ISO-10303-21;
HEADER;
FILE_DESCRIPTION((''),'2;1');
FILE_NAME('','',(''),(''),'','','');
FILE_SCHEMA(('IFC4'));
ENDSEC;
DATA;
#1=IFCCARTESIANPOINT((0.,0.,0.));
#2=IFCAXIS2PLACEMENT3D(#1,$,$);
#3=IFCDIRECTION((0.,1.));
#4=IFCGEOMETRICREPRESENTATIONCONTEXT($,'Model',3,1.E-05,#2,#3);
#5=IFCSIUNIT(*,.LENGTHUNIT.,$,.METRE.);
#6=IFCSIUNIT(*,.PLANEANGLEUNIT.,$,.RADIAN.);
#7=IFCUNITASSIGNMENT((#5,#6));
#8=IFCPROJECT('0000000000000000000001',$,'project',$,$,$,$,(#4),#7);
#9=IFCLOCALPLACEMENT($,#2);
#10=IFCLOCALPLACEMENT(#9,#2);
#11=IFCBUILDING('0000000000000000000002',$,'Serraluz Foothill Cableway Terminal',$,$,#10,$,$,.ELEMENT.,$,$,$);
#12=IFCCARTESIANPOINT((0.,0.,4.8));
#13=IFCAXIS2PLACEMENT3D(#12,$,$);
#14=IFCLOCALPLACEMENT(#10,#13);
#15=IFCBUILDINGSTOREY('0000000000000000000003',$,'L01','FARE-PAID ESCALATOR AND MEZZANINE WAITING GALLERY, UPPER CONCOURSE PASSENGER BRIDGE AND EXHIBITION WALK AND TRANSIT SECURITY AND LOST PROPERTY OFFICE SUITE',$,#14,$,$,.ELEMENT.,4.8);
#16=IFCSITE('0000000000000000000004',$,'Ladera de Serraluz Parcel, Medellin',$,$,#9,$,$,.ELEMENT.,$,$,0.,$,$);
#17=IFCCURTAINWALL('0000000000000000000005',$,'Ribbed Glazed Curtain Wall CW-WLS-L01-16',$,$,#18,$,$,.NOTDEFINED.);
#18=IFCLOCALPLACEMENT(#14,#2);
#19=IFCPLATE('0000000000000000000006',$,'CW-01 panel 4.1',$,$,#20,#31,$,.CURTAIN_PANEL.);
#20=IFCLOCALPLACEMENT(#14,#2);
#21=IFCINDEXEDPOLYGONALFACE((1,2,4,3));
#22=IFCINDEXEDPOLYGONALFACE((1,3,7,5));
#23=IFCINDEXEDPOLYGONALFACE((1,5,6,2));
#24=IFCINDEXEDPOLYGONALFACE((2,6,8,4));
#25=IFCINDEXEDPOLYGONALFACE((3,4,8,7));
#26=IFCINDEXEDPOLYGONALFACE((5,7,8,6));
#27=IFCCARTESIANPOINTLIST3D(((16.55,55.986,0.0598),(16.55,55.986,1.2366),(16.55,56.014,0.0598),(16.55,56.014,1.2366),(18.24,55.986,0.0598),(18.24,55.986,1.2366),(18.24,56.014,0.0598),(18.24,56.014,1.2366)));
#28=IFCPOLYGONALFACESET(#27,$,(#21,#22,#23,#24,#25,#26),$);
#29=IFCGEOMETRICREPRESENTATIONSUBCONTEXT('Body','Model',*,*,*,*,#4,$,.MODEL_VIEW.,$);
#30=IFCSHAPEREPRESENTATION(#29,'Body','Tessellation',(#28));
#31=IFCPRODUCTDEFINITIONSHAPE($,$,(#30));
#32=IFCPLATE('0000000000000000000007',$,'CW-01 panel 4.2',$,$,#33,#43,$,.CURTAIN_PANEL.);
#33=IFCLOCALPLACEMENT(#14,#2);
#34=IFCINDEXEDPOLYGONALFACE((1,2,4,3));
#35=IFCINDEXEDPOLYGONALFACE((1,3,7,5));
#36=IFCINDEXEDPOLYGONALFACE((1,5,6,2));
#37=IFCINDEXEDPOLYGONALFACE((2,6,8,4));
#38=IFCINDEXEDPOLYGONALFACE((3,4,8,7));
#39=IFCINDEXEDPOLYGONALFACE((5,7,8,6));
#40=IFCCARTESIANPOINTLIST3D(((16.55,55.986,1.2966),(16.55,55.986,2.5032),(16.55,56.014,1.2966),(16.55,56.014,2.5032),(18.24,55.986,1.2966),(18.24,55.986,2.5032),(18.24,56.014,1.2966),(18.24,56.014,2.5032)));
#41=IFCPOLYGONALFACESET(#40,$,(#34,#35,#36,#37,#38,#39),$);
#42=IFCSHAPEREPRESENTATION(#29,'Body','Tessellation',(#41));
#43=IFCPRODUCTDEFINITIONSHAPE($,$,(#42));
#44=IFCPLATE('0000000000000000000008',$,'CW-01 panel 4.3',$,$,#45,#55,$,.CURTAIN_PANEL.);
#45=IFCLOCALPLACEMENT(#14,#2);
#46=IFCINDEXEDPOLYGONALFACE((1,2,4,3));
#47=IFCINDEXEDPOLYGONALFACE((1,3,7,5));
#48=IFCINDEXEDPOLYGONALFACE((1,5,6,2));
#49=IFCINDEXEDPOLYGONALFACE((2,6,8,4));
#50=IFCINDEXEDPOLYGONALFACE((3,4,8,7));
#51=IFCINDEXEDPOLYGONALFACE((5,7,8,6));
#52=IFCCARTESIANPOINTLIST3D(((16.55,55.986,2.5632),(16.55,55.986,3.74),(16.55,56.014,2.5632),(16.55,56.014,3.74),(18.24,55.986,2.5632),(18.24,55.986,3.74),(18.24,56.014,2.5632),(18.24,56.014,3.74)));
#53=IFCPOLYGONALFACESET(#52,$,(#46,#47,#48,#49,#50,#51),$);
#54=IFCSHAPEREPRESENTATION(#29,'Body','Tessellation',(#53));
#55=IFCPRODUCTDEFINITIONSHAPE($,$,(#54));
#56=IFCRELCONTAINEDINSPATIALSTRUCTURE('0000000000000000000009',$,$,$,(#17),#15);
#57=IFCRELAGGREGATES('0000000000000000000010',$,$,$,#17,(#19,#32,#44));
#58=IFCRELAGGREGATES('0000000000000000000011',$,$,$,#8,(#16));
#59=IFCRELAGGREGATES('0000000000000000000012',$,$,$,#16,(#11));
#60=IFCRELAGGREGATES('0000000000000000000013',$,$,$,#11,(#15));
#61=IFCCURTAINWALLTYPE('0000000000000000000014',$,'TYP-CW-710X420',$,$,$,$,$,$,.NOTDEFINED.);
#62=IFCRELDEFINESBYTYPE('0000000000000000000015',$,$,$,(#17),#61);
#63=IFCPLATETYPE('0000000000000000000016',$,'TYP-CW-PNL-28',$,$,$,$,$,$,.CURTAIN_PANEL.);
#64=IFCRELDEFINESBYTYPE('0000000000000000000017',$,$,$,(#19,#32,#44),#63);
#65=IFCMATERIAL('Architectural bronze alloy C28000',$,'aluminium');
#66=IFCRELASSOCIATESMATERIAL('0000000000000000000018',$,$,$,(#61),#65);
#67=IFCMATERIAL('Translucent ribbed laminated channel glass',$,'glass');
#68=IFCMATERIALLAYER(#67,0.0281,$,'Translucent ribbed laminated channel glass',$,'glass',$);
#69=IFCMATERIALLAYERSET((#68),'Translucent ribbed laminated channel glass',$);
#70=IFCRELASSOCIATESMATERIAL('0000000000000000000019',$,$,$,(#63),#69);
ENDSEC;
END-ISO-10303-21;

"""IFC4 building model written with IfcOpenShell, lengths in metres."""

from ifc_helpers import new_model, si_unit, direction, frame, origin, origin_2d, place, context, subcontext, project, spatial, rectangle, extrude, material, layer, layer_set, type_object, element, aggregate, save


model = new_model("IFC4")

# Units and contexts
model_context = context("Model", 3, precision=1e-05, world=origin(), true_north=direction((0.0, 1.0)))
body_context = subcontext(model_context, "Body", "Model", "MODEL_VIEW")
ifc_project = project(units=[si_unit("LENGTHUNIT", "METRE"), si_unit("PLANEANGLEUNIT", "RADIAN")], contexts=[model_context])

# Site, building, storey
site_placement = place(None, origin())
site = spatial("IfcSite", under=ifc_project, at=site_placement, Name="Ladera de Serraluz Parcel, Medellin", CompositionType="ELEMENT", RefElevation=0.0)
building_placement = place(site_placement, origin())
building = spatial("IfcBuilding", under=site, at=building_placement, Name="Serraluz Foothill Cableway Terminal", CompositionType="ELEMENT")
storey_placement = place(building_placement, frame((0.0, 0.0, 4.8)))
storey = spatial("IfcBuildingStorey", under=building, at=storey_placement, Name="L01", Description="FARE-PAID ESCALATOR AND MEZZANINE WAITING GALLERY, UPPER CONCOURSE PASSENGER BRIDGE AND EXHIBITION WALK AND TRANSIT SECURITY AND LOST PROPERTY OFFICE SUITE", CompositionType="ELEMENT", Elevation=4.8)

# Curtain wall, plates
ifc_material_1 = material(Name="Architectural bronze alloy C28000", Category="aluminium")
curtain_wall_type = type_object("IfcCurtainWallType", Name="TYP-CW-710X420", PredefinedType="NOTDEFINED", material=ifc_material_1)
curtain_wall_placement = place(storey_placement, origin())
curtain_wall = element("IfcCurtainWall", 1, at=curtain_wall_placement, inside=storey, type_object=curtain_wall_type, Name="Ribbed Glazed Curtain Wall CW-WLS-L01-16", PredefinedType="NOTDEFINED")
ifc_material_2 = material(Name="Translucent ribbed laminated channel glass", Category="glass")
ifc_layer = layer(ifc_material_2, 0.0281, Name="Translucent ribbed laminated channel glass", Category="glass")
ifc_layer_set = layer_set([ifc_layer], Name="Translucent ribbed laminated channel glass")
plate_type = type_object("IfcPlateType", Name="TYP-CW-PNL-28", PredefinedType="CURTAIN_PANEL", material=ifc_layer_set)
plate_1_placement = place(storey_placement, frame((17.395, 56.0, 0.0598), z_axis=(0.0, 0.0, 1.0), x_axis=(-1.0, 0.0, 0.0)))
plate_1 = element("IfcPlate", 2, at=plate_1_placement, type_object=plate_type, Name="CW-01 panel 4.1", PredefinedType="CURTAIN_PANEL", context=body_context, shape_type="SweptSolid", body=[
    extrude(rectangle(XDim=1.6899, YDim=0.0281, at=origin_2d()), origin(), (0.0, 0.0, 1.0), 1.1768),
])
plate_2_placement = place(storey_placement, frame((17.395, 56.0, 1.2966), z_axis=(0.0, 0.0, 1.0), x_axis=(-1.0, 0.0, 0.0)))
plate_2 = element("IfcPlate", 3, at=plate_2_placement, type_object=plate_type, Name="CW-01 panel 4.2", PredefinedType="CURTAIN_PANEL", context=body_context, shape_type="SweptSolid", body=[
    extrude(rectangle(XDim=1.6899, YDim=0.0281, at=origin_2d()), origin(), (0.0, 0.0, 1.0), 1.2065),
])
plate_3_placement = place(storey_placement, frame((17.395, 56.0, 2.5632), z_axis=(0.0, 0.0, 1.0), x_axis=(-1.0, 0.0, 0.0)))
plate_3 = element("IfcPlate", 4, at=plate_3_placement, type_object=plate_type, Name="CW-01 panel 4.3", PredefinedType="CURTAIN_PANEL", context=body_context, shape_type="SweptSolid", body=[
    extrude(rectangle(XDim=1.6899, YDim=0.0281, at=origin_2d()), origin(), (0.0, 0.0, 1.0), 1.1768),
])
aggregate(curtain_wall, [plate_1, plate_2, plate_3])

save(model, "model.ifc")
